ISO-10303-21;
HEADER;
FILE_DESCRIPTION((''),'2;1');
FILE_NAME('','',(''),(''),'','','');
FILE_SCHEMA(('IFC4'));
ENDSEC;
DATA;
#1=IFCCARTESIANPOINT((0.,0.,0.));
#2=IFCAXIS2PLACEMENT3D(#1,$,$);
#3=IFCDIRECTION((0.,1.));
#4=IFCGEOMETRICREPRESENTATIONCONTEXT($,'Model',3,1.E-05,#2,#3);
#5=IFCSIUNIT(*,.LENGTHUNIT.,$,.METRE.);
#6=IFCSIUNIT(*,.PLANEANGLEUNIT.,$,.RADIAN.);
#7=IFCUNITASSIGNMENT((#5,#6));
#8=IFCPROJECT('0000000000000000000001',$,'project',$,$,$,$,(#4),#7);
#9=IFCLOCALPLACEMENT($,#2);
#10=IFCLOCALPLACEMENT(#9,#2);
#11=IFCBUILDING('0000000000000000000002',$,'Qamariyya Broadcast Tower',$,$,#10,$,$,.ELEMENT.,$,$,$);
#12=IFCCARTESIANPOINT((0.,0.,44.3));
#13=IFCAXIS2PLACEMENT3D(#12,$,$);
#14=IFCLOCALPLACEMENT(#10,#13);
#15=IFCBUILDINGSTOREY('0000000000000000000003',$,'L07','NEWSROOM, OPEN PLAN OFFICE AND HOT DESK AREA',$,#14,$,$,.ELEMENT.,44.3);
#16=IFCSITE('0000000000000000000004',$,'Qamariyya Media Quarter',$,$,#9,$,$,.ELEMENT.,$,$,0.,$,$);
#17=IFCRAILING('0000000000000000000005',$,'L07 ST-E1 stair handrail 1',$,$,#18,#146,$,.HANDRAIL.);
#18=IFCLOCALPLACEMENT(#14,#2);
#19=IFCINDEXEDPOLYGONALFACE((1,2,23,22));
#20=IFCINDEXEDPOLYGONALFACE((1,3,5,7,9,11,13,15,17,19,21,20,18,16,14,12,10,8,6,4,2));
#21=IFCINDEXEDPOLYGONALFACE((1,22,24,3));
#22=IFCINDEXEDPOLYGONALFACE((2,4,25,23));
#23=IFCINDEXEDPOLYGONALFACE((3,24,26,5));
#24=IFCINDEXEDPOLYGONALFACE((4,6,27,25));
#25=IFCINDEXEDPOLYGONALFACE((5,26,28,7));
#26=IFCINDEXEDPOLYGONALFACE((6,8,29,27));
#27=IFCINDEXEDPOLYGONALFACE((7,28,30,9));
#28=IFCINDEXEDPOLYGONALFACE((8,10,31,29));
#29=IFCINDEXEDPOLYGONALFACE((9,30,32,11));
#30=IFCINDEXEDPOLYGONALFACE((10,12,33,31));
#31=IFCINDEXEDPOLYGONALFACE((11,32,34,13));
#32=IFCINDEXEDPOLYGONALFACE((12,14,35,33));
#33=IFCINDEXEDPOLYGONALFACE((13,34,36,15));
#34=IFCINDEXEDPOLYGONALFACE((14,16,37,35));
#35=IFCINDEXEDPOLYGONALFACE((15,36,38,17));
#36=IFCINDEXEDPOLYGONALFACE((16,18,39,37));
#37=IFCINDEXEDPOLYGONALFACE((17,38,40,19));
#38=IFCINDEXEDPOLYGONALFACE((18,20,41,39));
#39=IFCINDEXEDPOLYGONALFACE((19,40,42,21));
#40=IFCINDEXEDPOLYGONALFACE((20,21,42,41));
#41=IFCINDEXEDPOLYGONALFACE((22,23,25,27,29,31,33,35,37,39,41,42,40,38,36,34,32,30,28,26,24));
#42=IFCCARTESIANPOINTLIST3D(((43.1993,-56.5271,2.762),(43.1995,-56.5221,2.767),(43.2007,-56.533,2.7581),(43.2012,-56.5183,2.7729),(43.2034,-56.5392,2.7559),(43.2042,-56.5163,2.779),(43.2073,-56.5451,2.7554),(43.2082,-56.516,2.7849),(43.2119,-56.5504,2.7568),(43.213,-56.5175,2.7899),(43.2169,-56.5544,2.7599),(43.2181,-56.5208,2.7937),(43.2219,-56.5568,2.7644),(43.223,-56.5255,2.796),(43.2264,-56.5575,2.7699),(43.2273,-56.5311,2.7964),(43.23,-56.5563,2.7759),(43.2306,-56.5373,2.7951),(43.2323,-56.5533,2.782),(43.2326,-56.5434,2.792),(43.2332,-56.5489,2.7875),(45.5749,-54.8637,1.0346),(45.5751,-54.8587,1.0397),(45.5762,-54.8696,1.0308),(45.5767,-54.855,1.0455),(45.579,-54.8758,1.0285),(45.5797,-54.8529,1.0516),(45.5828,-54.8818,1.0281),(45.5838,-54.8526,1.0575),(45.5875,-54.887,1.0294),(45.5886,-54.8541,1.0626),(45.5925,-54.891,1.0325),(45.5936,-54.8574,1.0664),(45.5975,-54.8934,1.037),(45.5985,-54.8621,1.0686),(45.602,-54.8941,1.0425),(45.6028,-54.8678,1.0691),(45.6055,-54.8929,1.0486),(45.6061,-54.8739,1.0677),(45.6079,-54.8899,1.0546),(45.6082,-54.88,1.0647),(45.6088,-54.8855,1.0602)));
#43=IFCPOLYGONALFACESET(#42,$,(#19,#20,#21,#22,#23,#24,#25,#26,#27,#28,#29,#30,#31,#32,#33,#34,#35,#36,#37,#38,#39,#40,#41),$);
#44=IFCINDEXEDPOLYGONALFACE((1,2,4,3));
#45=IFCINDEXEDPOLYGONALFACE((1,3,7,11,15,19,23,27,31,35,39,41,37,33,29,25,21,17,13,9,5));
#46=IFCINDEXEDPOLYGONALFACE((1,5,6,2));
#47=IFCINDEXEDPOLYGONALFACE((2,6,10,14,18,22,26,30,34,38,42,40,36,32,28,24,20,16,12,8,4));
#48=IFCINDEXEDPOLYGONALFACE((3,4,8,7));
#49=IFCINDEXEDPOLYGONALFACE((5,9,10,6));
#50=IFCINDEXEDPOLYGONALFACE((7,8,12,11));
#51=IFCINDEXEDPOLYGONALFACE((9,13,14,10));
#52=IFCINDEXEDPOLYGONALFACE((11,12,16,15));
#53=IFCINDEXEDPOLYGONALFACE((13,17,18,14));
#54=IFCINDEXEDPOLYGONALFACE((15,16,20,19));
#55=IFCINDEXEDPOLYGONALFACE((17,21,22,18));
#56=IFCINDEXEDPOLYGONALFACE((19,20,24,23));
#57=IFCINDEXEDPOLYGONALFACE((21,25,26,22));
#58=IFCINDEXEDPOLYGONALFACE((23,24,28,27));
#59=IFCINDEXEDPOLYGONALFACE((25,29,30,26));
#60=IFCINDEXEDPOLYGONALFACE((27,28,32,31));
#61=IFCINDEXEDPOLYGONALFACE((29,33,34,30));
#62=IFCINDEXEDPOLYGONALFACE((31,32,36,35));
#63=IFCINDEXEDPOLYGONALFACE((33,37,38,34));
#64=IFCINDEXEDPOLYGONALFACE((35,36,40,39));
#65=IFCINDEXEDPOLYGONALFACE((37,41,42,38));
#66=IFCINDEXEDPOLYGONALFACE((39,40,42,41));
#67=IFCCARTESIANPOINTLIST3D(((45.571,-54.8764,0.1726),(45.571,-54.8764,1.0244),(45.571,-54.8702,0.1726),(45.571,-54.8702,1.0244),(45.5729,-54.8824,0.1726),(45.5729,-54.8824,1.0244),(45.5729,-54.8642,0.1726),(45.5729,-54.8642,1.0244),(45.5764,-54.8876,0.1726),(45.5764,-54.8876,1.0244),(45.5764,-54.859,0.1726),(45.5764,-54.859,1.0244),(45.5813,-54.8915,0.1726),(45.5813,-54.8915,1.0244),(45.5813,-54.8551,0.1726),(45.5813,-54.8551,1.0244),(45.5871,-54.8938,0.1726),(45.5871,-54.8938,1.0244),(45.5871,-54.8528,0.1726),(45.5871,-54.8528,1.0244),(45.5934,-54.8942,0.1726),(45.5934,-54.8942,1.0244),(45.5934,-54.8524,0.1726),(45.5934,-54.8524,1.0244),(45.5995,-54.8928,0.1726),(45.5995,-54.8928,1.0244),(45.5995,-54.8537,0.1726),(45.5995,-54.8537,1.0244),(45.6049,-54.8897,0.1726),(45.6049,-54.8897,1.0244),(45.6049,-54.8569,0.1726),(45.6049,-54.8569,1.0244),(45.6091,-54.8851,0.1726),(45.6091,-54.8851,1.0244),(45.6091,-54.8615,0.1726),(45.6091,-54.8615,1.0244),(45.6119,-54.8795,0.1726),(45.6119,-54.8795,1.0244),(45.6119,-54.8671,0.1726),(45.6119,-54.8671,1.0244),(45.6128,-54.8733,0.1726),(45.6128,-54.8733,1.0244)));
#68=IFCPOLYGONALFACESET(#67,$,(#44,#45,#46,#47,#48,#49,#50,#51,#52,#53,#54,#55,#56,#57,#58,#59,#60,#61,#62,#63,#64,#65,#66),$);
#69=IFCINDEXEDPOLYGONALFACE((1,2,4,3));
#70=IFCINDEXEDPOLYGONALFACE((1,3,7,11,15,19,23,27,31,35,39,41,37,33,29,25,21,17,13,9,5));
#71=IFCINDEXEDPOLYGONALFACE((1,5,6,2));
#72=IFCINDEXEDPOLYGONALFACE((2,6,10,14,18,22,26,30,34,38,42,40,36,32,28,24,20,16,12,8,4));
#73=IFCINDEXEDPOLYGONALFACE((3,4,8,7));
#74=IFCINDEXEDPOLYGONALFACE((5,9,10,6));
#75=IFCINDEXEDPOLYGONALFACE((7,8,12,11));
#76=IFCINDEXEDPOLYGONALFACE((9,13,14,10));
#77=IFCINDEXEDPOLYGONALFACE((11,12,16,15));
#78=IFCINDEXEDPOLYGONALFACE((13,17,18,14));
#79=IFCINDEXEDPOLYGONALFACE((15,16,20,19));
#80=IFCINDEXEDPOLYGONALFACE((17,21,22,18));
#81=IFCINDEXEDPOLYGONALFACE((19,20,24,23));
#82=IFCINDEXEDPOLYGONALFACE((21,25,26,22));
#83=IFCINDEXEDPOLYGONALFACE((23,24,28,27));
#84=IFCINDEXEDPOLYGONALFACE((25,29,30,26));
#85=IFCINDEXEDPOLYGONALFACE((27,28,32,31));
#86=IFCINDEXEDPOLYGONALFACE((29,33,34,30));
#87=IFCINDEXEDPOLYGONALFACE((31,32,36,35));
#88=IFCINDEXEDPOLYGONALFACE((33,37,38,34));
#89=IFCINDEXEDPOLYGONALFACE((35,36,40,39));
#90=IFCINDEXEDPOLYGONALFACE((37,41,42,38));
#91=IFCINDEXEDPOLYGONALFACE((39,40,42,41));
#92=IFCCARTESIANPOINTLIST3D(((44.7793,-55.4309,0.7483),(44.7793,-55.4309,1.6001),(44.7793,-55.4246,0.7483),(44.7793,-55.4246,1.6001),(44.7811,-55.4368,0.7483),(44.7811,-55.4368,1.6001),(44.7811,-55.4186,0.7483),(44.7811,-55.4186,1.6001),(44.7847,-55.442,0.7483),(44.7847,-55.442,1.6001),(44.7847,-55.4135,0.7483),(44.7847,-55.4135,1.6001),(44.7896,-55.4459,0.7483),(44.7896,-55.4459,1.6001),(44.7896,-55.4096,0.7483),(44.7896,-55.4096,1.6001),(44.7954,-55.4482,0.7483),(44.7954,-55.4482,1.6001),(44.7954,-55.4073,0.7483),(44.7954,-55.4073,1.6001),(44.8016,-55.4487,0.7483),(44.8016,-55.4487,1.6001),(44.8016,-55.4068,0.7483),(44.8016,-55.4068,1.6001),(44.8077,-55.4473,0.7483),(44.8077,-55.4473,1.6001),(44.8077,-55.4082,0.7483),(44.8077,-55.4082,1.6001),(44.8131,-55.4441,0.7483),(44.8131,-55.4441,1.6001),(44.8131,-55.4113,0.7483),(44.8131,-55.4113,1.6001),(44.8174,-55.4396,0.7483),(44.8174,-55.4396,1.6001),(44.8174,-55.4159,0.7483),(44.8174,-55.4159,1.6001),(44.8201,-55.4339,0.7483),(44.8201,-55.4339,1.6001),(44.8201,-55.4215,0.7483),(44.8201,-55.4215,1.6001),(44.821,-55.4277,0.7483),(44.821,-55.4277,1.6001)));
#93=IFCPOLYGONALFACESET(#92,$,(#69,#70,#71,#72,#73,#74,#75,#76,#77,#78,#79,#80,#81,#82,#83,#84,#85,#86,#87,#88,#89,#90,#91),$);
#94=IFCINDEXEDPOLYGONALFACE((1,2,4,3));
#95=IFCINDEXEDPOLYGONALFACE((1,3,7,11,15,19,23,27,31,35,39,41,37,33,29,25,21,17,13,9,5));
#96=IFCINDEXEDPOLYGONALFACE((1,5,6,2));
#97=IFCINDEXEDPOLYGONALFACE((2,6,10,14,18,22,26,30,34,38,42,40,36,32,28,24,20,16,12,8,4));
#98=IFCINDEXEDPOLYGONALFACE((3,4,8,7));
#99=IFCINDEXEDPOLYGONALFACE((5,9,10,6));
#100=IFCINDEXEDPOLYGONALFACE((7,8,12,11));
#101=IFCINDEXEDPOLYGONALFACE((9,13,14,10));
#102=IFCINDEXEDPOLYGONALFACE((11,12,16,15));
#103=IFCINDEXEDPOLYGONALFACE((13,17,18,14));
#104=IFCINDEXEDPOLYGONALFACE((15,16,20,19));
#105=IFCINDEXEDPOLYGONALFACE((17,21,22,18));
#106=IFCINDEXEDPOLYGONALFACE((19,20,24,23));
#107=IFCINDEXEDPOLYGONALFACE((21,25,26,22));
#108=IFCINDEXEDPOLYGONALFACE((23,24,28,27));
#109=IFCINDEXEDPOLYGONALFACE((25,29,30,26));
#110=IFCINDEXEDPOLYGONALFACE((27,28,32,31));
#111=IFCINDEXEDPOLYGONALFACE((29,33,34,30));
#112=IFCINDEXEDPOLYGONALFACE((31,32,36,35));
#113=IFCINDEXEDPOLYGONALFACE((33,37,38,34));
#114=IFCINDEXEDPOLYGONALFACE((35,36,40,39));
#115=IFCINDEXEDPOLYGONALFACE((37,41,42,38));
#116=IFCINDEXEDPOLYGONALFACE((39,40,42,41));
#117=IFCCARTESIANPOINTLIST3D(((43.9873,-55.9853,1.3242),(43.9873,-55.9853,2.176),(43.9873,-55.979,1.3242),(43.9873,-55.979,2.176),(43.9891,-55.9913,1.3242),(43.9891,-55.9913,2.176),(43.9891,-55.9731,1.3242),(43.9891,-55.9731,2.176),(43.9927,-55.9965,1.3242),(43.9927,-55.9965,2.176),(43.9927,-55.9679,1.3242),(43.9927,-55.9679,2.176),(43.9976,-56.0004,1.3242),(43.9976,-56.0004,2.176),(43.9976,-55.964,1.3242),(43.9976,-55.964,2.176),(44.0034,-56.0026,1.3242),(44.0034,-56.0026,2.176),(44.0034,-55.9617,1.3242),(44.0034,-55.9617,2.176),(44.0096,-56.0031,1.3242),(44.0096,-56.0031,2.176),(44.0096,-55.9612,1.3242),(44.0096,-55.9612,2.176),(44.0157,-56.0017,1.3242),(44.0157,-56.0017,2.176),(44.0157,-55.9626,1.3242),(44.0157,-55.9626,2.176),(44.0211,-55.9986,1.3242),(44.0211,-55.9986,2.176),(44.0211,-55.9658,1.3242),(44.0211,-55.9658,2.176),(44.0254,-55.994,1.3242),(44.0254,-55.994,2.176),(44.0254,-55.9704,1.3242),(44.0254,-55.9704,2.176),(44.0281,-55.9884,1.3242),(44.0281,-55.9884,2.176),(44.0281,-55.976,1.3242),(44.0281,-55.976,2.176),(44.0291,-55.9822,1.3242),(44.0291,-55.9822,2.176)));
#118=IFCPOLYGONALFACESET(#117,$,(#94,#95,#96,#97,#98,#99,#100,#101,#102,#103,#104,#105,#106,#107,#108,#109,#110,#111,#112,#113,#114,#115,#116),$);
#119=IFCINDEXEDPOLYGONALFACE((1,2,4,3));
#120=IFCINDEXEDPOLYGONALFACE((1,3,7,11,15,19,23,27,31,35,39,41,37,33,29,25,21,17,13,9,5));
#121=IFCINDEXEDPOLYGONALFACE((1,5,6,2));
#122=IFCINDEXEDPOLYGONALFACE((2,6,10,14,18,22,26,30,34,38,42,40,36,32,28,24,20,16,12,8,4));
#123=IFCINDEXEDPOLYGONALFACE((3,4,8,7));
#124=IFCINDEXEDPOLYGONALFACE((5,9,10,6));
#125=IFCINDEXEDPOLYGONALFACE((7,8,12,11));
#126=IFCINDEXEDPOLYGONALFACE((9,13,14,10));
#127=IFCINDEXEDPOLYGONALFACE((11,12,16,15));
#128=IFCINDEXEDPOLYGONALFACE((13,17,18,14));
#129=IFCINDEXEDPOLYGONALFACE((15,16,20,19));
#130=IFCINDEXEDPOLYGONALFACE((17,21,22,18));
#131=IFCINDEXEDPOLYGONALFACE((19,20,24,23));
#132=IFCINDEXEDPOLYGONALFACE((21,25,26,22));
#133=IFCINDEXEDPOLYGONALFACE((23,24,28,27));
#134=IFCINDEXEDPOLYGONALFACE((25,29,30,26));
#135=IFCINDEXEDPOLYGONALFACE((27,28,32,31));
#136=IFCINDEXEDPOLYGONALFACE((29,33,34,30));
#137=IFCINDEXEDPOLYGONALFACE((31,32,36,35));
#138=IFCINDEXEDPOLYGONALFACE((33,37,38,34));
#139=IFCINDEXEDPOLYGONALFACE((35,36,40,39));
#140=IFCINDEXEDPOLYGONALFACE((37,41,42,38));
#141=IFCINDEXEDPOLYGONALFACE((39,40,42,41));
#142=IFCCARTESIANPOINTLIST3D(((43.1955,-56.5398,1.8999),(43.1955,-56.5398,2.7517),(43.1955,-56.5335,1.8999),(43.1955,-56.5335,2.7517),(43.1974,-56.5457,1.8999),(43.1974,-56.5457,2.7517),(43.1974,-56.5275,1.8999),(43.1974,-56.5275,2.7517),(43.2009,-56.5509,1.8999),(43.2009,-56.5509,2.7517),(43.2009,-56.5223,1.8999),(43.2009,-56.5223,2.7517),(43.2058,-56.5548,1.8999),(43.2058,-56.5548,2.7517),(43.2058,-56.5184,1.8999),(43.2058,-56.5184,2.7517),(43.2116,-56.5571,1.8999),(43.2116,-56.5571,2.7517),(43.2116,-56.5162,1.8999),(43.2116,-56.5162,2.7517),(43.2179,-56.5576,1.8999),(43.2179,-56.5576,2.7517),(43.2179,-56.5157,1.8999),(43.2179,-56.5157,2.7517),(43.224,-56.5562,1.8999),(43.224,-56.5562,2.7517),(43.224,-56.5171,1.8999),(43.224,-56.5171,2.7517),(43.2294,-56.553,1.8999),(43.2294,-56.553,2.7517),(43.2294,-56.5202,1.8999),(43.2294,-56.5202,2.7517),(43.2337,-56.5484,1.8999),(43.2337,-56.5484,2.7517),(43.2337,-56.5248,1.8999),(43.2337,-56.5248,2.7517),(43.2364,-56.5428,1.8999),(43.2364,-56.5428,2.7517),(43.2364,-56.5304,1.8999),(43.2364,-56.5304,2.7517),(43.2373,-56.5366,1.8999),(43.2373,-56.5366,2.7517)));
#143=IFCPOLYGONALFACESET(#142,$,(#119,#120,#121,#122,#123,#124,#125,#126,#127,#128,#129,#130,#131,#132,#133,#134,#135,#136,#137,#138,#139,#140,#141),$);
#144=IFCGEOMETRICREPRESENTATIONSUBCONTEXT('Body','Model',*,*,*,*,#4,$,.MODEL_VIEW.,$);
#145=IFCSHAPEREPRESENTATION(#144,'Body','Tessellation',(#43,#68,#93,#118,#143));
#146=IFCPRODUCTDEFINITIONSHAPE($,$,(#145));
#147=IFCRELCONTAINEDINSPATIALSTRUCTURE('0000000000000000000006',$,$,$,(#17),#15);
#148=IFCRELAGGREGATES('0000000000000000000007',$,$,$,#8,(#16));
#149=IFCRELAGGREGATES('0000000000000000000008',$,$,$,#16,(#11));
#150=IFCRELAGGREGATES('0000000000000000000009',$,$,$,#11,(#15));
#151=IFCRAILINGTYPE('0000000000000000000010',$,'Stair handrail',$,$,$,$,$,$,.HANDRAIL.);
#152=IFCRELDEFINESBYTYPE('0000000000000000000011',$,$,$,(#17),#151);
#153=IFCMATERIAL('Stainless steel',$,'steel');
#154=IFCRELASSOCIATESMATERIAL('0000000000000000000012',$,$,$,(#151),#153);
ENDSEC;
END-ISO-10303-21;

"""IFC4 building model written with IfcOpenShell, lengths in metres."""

from ifc_helpers import new_model, si_unit, direction, frame, origin, origin_2d, place, context, subcontext, project, spatial, circle, extrude, material, type_object, element, save


model = new_model("IFC4")

# Units and contexts
model_context = context("Model", 3, precision=1e-05, world=origin(), true_north=direction((0.0, 1.0)))
body_context = subcontext(model_context, "Body", "Model", "MODEL_VIEW")
ifc_project = project(units=[si_unit("LENGTHUNIT", "METRE"), si_unit("PLANEANGLEUNIT", "RADIAN")], contexts=[model_context])

# Site, building, storey
site_placement = place(None, origin())
site = spatial("IfcSite", under=ifc_project, at=site_placement, Name="Qamariyya Media Quarter", CompositionType="ELEMENT", RefElevation=0.0)
building_placement = place(site_placement, origin())
building = spatial("IfcBuilding", under=site, at=building_placement, Name="Qamariyya Broadcast Tower", CompositionType="ELEMENT")
storey_placement = place(building_placement, frame((0.0, 0.0, 44.3)))
storey = spatial("IfcBuildingStorey", under=building, at=storey_placement, Name="L07", Description="NEWSROOM, OPEN PLAN OFFICE AND HOT DESK AREA", CompositionType="ELEMENT", Elevation=44.3)

# Railing
ifc_material_1 = material(Name="Stainless steel", Category="steel")
railing_type_1 = type_object("IfcRailingType", Name="Stair handrail", PredefinedType="HANDRAIL", material=ifc_material_1)
railing_1_placement = place(storey_placement, frame((45.5918, -54.8733, 0.1726)))
element("IfcRailing", 1, at=railing_1_placement, inside=storey, type_object=railing_type_1, Name="L07 ST-E1 stair handrail 1", PredefinedType="HANDRAIL", context=body_context, shape_type="SweptSolid", body=[
    extrude(circle(Radius=0.0239, at=origin_2d()), frame((0.0, 0.0, 0.876), z_axis=(-0.70377, -0.492784, 0.511734), x_axis=(0.573575, -0.819153, 0.0)), (0.0, 0.0, 1.0), 3.3755),
    extrude(circle(Radius=0.021, at=origin_2d()), origin(), (0.0, 0.0, 1.0), 0.8518),
    extrude(circle(Radius=0.021, at=origin_2d()), frame((-0.7917, -0.5544, 0.5757)), (0.0, 0.0, 1.0), 0.8518),
    extrude(circle(Radius=0.021, at=origin_2d()), frame((-1.5837, -1.1089, 1.1516)), (0.0, 0.0, 1.0), 0.8518),
    extrude(circle(Radius=0.021, at=origin_2d()), frame((-2.3755, -1.6633, 1.7273)), (0.0, 0.0, 1.0), 0.8518),
])

save(model, "model.ifc")
